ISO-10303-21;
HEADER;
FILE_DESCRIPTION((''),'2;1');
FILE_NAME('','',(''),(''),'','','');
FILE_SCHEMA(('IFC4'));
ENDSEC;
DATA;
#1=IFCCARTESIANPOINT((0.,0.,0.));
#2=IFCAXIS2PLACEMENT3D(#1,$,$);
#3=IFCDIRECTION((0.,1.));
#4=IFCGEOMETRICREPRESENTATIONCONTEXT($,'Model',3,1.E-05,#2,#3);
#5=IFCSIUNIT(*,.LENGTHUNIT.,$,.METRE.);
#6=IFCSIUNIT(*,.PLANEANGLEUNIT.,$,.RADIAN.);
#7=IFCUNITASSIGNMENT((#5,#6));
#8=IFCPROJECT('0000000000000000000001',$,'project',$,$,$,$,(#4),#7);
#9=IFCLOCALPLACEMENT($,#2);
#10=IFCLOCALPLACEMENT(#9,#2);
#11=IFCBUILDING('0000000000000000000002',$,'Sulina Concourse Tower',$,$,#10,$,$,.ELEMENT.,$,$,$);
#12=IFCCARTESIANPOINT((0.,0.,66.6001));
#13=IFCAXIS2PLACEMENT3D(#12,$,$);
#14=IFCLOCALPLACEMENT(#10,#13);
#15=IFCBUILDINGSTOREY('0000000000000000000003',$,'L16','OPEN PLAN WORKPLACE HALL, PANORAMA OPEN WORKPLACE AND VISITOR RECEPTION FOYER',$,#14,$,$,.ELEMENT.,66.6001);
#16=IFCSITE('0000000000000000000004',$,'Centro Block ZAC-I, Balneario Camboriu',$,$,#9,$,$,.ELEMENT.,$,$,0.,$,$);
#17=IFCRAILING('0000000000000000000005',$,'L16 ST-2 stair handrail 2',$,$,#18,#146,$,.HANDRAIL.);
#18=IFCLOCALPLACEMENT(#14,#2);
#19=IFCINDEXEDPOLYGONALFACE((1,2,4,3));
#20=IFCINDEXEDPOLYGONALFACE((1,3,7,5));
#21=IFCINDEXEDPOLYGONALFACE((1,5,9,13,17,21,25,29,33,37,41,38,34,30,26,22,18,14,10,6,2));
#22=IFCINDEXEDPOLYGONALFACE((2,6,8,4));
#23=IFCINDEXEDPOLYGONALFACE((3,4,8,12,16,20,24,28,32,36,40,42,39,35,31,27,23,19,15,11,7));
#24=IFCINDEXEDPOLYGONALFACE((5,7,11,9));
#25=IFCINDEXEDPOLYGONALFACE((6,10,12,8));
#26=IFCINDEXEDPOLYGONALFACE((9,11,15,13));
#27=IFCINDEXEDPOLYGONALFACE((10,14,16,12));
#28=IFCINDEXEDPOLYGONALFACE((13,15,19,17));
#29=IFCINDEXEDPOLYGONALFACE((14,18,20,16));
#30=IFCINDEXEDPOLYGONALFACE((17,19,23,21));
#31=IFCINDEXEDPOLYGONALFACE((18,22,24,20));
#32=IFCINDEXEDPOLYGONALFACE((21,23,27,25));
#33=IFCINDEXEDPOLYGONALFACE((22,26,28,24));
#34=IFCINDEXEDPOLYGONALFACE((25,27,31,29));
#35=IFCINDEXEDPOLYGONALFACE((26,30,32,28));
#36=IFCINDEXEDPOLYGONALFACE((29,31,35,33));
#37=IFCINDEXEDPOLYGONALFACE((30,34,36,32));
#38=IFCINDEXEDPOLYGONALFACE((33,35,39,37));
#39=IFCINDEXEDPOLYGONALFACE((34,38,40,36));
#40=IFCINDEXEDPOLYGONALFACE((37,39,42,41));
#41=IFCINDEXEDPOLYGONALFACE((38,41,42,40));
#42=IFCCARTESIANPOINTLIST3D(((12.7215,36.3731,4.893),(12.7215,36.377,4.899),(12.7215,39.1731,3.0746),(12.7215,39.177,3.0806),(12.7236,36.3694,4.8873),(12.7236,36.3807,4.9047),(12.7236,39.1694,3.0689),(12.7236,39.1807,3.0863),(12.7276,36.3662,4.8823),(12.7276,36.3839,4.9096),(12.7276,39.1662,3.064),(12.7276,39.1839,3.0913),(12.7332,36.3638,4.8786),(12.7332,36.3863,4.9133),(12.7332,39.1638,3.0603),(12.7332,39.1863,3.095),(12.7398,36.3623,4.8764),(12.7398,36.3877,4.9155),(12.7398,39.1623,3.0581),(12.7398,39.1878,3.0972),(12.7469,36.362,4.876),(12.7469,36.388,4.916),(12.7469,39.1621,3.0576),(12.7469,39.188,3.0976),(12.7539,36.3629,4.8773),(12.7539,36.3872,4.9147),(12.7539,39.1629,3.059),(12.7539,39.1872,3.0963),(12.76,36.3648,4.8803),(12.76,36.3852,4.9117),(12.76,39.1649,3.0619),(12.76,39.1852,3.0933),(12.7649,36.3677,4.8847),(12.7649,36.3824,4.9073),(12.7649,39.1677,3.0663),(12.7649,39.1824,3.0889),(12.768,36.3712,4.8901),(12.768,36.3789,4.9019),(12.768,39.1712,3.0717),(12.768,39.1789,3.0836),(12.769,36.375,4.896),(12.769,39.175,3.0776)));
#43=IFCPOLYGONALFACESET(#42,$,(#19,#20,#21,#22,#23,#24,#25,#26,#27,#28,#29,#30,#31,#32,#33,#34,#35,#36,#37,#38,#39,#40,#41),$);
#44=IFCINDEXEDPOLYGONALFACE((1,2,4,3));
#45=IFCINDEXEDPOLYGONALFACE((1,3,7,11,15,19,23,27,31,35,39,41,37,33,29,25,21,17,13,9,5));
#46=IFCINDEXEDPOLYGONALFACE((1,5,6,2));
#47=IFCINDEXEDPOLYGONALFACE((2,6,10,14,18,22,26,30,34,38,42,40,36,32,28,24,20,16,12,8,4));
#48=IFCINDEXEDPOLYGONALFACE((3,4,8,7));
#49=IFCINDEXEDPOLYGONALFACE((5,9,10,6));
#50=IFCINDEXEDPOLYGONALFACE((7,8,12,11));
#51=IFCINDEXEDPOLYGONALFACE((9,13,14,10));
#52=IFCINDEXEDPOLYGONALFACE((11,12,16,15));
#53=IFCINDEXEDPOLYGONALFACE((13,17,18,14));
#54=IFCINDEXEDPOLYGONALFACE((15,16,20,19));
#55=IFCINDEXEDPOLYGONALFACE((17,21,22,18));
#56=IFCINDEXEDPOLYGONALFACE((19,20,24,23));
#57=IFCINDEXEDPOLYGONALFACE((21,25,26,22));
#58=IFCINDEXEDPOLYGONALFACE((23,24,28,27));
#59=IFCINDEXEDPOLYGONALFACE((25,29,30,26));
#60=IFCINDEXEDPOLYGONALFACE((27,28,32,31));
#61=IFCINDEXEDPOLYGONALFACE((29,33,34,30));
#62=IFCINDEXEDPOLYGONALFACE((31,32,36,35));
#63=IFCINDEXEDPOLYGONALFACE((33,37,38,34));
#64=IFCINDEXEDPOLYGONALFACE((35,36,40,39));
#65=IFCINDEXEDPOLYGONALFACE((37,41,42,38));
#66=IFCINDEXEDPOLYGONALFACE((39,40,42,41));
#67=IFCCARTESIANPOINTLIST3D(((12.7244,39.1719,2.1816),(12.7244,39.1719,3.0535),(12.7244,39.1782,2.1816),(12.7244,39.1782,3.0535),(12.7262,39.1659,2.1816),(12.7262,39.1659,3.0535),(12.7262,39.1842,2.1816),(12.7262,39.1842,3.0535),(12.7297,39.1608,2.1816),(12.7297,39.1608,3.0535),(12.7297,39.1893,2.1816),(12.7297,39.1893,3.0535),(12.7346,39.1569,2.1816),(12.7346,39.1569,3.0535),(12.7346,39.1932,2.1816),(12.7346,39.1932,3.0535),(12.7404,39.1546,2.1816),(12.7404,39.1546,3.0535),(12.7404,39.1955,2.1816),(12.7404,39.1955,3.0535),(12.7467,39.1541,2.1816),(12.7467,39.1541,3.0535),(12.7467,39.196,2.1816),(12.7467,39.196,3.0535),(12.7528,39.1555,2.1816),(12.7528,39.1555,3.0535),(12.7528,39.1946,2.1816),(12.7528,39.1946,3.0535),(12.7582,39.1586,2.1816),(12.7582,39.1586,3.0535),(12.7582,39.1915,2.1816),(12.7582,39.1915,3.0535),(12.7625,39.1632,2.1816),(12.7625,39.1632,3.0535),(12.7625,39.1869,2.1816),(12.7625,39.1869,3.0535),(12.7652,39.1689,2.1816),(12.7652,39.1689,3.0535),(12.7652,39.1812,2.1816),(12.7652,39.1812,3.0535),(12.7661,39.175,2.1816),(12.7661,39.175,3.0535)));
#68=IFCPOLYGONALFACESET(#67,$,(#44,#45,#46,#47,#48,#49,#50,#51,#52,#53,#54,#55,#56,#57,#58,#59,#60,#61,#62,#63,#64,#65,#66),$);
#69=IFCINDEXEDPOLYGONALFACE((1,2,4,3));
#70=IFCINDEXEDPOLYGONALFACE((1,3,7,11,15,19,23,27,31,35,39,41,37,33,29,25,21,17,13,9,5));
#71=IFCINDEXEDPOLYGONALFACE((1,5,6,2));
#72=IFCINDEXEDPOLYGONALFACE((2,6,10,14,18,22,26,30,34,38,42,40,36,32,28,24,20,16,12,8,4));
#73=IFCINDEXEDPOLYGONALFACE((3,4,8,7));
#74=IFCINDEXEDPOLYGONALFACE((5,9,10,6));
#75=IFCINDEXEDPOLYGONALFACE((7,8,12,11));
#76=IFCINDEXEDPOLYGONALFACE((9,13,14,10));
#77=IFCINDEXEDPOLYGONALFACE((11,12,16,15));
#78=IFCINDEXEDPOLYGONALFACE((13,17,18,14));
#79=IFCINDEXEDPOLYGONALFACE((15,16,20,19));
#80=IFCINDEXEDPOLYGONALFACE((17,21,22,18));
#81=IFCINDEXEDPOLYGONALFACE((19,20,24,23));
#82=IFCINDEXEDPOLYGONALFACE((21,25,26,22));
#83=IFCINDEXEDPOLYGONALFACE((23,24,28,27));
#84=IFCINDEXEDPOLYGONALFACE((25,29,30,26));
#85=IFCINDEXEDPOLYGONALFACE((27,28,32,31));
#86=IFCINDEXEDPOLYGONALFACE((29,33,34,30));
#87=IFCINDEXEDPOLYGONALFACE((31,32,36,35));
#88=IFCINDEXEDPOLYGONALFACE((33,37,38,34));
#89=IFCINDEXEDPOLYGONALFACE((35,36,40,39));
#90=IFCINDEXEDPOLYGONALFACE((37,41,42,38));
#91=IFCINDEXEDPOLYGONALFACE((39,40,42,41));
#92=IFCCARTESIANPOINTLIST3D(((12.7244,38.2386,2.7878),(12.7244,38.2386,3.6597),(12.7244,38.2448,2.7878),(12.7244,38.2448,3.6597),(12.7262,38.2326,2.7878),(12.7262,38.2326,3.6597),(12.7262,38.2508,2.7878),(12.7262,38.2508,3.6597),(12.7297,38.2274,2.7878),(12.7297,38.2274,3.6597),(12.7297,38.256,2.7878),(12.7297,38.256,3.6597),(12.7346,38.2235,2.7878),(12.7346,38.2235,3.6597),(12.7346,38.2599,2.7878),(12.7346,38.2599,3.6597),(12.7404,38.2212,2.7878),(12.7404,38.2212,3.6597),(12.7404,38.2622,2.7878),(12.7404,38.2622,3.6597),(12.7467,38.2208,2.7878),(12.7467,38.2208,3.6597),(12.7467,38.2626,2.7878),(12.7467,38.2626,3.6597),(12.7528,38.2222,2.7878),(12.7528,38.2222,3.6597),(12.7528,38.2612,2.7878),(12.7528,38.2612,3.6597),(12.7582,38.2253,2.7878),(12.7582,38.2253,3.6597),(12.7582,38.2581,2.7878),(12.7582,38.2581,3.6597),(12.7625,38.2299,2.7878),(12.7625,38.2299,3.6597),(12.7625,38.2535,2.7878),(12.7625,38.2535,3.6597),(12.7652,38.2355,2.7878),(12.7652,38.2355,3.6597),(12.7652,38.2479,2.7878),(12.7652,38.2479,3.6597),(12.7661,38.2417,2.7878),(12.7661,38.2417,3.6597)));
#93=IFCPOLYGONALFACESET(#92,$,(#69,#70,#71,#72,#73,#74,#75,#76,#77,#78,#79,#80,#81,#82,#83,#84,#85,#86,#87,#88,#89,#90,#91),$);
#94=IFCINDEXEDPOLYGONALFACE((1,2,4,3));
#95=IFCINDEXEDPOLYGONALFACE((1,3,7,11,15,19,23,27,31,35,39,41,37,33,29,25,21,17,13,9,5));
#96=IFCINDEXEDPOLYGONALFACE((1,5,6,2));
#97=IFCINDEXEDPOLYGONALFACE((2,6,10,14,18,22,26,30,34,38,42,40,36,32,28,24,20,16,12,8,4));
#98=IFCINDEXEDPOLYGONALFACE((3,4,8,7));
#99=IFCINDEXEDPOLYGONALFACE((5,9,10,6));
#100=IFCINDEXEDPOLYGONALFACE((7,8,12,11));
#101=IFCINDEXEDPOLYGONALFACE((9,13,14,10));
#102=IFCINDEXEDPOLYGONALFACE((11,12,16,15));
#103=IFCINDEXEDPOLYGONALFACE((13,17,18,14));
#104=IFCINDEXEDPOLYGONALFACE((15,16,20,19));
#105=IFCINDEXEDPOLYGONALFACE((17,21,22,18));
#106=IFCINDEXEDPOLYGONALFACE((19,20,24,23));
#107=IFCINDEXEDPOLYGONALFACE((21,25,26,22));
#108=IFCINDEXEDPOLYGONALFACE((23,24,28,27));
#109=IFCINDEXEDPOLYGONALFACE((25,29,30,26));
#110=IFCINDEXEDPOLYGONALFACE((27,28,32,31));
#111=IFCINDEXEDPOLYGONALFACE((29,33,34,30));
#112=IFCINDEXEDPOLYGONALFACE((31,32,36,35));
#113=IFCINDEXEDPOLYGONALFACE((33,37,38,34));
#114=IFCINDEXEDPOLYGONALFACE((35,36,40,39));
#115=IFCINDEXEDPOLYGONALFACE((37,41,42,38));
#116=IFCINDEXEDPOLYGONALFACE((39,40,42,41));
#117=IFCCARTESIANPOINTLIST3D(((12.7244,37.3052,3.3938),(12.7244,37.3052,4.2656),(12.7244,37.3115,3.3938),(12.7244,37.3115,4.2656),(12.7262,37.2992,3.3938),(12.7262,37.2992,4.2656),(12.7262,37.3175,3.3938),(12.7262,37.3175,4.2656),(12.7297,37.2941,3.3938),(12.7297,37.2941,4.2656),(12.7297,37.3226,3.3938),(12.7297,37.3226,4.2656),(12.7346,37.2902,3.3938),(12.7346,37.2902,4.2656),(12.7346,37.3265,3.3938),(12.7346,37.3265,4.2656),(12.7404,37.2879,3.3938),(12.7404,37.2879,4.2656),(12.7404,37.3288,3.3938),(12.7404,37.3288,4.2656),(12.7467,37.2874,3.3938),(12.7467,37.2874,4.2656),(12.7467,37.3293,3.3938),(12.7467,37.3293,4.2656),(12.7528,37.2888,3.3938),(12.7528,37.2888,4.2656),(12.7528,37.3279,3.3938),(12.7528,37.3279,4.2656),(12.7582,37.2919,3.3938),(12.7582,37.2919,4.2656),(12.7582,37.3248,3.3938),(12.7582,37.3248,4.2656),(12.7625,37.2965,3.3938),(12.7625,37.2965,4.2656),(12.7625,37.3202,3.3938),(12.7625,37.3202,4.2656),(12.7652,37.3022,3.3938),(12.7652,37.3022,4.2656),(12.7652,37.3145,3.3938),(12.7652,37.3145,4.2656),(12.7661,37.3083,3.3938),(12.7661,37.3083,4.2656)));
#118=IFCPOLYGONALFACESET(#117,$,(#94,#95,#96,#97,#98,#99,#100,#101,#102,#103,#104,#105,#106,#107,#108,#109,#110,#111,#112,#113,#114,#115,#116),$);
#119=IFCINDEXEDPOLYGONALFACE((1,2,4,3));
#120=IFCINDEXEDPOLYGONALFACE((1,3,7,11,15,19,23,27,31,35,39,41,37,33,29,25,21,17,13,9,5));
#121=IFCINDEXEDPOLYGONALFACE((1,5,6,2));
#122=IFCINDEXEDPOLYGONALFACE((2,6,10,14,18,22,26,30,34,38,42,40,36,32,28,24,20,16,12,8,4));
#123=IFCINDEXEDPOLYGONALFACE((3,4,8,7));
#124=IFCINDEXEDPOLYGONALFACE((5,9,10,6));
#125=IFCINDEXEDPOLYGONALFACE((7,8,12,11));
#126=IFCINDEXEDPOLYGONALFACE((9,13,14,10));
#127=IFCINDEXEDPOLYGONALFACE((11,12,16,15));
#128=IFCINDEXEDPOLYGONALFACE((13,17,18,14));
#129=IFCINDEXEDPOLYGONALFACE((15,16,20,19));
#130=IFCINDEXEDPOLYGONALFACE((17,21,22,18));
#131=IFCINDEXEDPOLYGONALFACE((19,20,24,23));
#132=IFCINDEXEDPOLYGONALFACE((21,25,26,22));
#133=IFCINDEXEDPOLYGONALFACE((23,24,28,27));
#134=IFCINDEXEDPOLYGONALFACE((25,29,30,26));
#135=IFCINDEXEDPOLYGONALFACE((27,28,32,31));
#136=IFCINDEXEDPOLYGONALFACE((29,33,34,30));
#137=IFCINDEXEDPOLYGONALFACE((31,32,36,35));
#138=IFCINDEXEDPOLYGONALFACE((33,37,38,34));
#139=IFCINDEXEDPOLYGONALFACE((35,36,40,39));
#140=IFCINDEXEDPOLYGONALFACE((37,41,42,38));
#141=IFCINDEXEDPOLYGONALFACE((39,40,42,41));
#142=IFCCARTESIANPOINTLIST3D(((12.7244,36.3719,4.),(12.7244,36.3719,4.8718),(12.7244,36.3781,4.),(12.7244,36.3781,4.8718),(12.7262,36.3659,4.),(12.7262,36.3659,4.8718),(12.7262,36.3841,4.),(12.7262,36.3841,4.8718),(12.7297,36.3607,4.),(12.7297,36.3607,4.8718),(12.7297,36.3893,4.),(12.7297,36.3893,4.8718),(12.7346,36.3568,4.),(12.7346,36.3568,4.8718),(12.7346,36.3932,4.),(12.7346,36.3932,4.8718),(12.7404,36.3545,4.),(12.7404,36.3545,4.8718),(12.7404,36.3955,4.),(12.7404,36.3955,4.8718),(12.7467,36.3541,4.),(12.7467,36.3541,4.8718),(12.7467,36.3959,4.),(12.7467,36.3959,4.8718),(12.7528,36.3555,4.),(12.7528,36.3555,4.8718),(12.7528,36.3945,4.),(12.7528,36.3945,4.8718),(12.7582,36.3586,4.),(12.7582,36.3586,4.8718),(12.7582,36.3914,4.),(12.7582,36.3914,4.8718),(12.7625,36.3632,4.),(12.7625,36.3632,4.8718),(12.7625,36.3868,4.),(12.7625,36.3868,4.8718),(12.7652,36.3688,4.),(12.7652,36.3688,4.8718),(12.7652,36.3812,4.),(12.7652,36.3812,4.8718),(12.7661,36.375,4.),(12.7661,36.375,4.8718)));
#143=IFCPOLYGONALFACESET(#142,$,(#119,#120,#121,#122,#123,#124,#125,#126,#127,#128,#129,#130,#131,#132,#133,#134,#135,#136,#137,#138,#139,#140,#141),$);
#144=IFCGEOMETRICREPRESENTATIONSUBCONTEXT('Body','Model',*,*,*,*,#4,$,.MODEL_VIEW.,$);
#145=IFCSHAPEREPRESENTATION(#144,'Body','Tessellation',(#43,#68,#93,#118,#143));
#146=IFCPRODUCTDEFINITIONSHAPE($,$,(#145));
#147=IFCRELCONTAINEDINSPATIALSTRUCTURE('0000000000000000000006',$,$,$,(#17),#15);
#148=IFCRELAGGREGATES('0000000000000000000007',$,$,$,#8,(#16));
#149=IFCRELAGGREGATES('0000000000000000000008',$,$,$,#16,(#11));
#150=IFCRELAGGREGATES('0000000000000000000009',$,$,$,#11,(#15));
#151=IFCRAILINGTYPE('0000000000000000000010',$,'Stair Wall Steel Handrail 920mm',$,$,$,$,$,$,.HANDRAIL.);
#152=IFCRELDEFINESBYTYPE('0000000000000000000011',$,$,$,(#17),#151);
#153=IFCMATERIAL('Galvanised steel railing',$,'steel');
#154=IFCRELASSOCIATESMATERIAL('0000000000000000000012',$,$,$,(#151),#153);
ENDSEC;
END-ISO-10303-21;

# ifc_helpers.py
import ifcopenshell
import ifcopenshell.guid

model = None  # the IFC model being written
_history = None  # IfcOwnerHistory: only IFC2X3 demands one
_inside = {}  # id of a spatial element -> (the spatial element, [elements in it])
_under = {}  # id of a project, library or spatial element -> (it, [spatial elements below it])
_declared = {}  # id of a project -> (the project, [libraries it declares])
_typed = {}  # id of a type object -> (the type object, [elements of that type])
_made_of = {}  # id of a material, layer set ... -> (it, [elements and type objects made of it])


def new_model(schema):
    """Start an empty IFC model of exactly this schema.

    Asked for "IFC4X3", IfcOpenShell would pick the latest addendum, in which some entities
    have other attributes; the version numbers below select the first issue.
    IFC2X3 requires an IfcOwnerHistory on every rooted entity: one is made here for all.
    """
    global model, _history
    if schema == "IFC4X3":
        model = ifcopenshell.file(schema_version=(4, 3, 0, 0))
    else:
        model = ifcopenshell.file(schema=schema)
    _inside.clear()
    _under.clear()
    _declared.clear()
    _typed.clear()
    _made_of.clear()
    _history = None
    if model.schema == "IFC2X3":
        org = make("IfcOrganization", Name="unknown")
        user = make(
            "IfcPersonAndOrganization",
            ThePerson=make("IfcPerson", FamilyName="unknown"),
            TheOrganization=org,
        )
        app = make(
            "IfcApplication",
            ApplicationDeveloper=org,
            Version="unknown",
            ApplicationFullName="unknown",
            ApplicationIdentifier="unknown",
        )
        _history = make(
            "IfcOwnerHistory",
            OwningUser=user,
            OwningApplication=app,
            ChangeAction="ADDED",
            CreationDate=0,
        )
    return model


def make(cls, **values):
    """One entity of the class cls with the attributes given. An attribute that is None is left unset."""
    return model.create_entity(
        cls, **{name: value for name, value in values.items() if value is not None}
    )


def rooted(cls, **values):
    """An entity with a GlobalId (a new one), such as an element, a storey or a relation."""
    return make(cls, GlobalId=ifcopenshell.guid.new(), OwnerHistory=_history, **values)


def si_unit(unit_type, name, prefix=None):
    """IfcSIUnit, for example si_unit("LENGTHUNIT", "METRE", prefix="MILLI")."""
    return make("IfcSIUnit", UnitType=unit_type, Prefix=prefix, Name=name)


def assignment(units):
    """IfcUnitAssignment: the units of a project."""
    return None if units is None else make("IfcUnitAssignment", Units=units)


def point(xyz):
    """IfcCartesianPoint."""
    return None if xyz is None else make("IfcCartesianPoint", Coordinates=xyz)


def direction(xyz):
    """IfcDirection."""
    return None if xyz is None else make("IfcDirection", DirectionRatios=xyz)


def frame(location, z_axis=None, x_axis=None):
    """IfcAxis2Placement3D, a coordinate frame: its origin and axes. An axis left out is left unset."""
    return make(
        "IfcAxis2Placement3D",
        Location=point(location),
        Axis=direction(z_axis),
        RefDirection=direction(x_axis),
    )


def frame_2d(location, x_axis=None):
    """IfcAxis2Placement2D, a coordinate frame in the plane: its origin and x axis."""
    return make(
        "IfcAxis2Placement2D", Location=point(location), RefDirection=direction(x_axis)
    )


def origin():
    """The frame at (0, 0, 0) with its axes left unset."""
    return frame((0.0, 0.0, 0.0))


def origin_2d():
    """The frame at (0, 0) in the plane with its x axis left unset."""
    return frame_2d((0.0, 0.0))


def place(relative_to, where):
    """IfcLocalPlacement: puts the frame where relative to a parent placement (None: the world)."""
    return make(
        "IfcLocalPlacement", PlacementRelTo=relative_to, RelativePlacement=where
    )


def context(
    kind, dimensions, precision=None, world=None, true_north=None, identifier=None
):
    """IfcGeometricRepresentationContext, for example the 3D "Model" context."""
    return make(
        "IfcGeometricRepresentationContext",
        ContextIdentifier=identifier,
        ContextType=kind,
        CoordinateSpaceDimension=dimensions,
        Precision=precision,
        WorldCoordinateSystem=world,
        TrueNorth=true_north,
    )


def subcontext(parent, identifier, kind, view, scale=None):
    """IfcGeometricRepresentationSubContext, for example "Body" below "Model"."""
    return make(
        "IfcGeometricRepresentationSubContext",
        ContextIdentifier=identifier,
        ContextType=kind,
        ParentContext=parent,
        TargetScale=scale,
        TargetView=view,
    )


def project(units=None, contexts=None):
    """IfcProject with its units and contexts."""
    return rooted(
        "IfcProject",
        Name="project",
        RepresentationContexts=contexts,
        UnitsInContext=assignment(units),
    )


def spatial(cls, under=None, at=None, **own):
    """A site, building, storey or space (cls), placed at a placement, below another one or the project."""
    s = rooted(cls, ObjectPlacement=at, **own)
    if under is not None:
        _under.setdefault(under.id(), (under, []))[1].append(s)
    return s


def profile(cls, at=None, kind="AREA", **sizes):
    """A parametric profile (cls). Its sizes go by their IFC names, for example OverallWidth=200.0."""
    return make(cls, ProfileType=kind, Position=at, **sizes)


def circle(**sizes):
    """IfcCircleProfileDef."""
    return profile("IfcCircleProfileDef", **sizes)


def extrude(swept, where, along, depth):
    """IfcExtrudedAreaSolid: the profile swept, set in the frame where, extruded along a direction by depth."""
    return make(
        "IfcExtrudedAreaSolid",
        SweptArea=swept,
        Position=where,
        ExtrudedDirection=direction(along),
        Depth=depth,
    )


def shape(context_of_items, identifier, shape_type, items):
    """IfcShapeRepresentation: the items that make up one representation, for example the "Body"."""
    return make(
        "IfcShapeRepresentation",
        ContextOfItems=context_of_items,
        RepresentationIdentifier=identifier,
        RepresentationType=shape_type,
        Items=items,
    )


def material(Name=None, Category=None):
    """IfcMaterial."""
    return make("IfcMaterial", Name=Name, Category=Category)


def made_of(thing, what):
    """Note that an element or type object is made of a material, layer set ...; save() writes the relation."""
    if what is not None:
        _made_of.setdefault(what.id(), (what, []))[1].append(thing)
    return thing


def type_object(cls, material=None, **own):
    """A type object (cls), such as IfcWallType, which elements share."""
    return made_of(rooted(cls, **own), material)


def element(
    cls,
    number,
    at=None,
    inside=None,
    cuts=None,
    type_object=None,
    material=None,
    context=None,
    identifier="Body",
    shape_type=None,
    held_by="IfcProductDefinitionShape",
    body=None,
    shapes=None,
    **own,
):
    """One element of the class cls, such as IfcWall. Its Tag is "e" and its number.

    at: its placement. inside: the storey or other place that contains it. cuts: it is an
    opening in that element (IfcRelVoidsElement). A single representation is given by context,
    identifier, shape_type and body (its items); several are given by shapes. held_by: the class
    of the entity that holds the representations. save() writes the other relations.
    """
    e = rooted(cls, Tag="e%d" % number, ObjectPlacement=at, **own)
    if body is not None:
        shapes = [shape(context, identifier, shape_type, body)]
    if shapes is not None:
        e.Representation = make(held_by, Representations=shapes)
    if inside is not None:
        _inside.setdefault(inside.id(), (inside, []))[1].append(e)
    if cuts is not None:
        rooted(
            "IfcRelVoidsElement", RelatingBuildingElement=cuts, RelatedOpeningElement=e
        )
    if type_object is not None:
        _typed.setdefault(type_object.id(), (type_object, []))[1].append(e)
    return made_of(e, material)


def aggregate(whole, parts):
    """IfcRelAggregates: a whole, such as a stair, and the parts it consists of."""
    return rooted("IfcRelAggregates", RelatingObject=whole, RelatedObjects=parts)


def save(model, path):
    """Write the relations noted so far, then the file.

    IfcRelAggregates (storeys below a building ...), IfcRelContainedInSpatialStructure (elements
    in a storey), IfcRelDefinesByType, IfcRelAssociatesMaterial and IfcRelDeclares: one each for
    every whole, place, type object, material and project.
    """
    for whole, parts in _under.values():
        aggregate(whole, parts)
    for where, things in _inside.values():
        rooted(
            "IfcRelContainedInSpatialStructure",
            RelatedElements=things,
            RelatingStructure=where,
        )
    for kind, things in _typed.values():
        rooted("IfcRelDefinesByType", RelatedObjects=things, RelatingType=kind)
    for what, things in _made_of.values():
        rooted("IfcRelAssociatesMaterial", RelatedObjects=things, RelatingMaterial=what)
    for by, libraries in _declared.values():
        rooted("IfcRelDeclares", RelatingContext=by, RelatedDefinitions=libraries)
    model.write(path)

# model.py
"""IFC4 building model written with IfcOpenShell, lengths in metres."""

from ifc_helpers import new_model, si_unit, direction, frame, origin, origin_2d, place, context, subcontext, project, spatial, circle, extrude, material, type_object, element, save


model = new_model("IFC4")

# Units and contexts
model_context = context("Model", 3, precision=1e-05, world=origin(), true_north=direction((0.0, 1.0)))
body_context = subcontext(model_context, "Body", "Model", "MODEL_VIEW")
ifc_project = project(units=[si_unit("LENGTHUNIT", "METRE"), si_unit("PLANEANGLEUNIT", "RADIAN")], contexts=[model_context])

# Site, building, storey
site_placement = place(None, origin())
site = spatial("IfcSite", under=ifc_project, at=site_placement, Name="Centro Block ZAC-I, Balneario Camboriu", CompositionType="ELEMENT", RefElevation=0.0)
building_placement = place(site_placement, origin())
building = spatial("IfcBuilding", under=site, at=building_placement, Name="Sulina Concourse Tower", CompositionType="ELEMENT")
storey_placement = place(building_placement, frame((0.0, 0.0, 66.6001)))
storey = spatial("IfcBuildingStorey", under=building, at=storey_placement, Name="L16", Description="OPEN PLAN WORKPLACE HALL, PANORAMA OPEN WORKPLACE AND VISITOR RECEPTION FOYER", CompositionType="ELEMENT", Elevation=66.6001)

# Railing
ifc_material_1 = material(Name="Galvanised steel railing", Category="steel")
railing_type_1 = type_object("IfcRailingType", Name="Stair Wall Steel Handrail 920mm", PredefinedType="HANDRAIL", material=ifc_material_1)
railing_1_placement = place(storey_placement, frame((12.7451, 39.175, 2.1816)))
element("IfcRailing", 1, at=railing_1_placement, inside=storey, type_object=railing_type_1, Name="L16 ST-2 stair handrail 2", PredefinedType="HANDRAIL", context=body_context, shape_type="SweptSolid", body=[
    extrude(circle(Radius=0.0239, at=origin_2d()), frame((0.0, 0.0, 0.896), z_axis=(0.0, -0.838672, 0.544636), x_axis=(1.0, 0.0, 0.0)), (0.0, 0.0, 1.0), 3.3386),
    extrude(circle(Radius=0.021, at=origin_2d()), origin(), (0.0, 0.0, 1.0), 0.8718),
    extrude(circle(Radius=0.021, at=origin_2d()), frame((0.0, -0.9333, 0.6062)), (0.0, 0.0, 1.0), 0.8718),
    extrude(circle(Radius=0.021, at=origin_2d()), frame((0.0, -1.8667, 1.2122)), (0.0, 0.0, 1.0), 0.8718),
    extrude(circle(Radius=0.021, at=origin_2d()), frame((0.0, -2.8, 1.8184)), (0.0, 0.0, 1.0), 0.8718),
])

save(model, "model.ifc")
